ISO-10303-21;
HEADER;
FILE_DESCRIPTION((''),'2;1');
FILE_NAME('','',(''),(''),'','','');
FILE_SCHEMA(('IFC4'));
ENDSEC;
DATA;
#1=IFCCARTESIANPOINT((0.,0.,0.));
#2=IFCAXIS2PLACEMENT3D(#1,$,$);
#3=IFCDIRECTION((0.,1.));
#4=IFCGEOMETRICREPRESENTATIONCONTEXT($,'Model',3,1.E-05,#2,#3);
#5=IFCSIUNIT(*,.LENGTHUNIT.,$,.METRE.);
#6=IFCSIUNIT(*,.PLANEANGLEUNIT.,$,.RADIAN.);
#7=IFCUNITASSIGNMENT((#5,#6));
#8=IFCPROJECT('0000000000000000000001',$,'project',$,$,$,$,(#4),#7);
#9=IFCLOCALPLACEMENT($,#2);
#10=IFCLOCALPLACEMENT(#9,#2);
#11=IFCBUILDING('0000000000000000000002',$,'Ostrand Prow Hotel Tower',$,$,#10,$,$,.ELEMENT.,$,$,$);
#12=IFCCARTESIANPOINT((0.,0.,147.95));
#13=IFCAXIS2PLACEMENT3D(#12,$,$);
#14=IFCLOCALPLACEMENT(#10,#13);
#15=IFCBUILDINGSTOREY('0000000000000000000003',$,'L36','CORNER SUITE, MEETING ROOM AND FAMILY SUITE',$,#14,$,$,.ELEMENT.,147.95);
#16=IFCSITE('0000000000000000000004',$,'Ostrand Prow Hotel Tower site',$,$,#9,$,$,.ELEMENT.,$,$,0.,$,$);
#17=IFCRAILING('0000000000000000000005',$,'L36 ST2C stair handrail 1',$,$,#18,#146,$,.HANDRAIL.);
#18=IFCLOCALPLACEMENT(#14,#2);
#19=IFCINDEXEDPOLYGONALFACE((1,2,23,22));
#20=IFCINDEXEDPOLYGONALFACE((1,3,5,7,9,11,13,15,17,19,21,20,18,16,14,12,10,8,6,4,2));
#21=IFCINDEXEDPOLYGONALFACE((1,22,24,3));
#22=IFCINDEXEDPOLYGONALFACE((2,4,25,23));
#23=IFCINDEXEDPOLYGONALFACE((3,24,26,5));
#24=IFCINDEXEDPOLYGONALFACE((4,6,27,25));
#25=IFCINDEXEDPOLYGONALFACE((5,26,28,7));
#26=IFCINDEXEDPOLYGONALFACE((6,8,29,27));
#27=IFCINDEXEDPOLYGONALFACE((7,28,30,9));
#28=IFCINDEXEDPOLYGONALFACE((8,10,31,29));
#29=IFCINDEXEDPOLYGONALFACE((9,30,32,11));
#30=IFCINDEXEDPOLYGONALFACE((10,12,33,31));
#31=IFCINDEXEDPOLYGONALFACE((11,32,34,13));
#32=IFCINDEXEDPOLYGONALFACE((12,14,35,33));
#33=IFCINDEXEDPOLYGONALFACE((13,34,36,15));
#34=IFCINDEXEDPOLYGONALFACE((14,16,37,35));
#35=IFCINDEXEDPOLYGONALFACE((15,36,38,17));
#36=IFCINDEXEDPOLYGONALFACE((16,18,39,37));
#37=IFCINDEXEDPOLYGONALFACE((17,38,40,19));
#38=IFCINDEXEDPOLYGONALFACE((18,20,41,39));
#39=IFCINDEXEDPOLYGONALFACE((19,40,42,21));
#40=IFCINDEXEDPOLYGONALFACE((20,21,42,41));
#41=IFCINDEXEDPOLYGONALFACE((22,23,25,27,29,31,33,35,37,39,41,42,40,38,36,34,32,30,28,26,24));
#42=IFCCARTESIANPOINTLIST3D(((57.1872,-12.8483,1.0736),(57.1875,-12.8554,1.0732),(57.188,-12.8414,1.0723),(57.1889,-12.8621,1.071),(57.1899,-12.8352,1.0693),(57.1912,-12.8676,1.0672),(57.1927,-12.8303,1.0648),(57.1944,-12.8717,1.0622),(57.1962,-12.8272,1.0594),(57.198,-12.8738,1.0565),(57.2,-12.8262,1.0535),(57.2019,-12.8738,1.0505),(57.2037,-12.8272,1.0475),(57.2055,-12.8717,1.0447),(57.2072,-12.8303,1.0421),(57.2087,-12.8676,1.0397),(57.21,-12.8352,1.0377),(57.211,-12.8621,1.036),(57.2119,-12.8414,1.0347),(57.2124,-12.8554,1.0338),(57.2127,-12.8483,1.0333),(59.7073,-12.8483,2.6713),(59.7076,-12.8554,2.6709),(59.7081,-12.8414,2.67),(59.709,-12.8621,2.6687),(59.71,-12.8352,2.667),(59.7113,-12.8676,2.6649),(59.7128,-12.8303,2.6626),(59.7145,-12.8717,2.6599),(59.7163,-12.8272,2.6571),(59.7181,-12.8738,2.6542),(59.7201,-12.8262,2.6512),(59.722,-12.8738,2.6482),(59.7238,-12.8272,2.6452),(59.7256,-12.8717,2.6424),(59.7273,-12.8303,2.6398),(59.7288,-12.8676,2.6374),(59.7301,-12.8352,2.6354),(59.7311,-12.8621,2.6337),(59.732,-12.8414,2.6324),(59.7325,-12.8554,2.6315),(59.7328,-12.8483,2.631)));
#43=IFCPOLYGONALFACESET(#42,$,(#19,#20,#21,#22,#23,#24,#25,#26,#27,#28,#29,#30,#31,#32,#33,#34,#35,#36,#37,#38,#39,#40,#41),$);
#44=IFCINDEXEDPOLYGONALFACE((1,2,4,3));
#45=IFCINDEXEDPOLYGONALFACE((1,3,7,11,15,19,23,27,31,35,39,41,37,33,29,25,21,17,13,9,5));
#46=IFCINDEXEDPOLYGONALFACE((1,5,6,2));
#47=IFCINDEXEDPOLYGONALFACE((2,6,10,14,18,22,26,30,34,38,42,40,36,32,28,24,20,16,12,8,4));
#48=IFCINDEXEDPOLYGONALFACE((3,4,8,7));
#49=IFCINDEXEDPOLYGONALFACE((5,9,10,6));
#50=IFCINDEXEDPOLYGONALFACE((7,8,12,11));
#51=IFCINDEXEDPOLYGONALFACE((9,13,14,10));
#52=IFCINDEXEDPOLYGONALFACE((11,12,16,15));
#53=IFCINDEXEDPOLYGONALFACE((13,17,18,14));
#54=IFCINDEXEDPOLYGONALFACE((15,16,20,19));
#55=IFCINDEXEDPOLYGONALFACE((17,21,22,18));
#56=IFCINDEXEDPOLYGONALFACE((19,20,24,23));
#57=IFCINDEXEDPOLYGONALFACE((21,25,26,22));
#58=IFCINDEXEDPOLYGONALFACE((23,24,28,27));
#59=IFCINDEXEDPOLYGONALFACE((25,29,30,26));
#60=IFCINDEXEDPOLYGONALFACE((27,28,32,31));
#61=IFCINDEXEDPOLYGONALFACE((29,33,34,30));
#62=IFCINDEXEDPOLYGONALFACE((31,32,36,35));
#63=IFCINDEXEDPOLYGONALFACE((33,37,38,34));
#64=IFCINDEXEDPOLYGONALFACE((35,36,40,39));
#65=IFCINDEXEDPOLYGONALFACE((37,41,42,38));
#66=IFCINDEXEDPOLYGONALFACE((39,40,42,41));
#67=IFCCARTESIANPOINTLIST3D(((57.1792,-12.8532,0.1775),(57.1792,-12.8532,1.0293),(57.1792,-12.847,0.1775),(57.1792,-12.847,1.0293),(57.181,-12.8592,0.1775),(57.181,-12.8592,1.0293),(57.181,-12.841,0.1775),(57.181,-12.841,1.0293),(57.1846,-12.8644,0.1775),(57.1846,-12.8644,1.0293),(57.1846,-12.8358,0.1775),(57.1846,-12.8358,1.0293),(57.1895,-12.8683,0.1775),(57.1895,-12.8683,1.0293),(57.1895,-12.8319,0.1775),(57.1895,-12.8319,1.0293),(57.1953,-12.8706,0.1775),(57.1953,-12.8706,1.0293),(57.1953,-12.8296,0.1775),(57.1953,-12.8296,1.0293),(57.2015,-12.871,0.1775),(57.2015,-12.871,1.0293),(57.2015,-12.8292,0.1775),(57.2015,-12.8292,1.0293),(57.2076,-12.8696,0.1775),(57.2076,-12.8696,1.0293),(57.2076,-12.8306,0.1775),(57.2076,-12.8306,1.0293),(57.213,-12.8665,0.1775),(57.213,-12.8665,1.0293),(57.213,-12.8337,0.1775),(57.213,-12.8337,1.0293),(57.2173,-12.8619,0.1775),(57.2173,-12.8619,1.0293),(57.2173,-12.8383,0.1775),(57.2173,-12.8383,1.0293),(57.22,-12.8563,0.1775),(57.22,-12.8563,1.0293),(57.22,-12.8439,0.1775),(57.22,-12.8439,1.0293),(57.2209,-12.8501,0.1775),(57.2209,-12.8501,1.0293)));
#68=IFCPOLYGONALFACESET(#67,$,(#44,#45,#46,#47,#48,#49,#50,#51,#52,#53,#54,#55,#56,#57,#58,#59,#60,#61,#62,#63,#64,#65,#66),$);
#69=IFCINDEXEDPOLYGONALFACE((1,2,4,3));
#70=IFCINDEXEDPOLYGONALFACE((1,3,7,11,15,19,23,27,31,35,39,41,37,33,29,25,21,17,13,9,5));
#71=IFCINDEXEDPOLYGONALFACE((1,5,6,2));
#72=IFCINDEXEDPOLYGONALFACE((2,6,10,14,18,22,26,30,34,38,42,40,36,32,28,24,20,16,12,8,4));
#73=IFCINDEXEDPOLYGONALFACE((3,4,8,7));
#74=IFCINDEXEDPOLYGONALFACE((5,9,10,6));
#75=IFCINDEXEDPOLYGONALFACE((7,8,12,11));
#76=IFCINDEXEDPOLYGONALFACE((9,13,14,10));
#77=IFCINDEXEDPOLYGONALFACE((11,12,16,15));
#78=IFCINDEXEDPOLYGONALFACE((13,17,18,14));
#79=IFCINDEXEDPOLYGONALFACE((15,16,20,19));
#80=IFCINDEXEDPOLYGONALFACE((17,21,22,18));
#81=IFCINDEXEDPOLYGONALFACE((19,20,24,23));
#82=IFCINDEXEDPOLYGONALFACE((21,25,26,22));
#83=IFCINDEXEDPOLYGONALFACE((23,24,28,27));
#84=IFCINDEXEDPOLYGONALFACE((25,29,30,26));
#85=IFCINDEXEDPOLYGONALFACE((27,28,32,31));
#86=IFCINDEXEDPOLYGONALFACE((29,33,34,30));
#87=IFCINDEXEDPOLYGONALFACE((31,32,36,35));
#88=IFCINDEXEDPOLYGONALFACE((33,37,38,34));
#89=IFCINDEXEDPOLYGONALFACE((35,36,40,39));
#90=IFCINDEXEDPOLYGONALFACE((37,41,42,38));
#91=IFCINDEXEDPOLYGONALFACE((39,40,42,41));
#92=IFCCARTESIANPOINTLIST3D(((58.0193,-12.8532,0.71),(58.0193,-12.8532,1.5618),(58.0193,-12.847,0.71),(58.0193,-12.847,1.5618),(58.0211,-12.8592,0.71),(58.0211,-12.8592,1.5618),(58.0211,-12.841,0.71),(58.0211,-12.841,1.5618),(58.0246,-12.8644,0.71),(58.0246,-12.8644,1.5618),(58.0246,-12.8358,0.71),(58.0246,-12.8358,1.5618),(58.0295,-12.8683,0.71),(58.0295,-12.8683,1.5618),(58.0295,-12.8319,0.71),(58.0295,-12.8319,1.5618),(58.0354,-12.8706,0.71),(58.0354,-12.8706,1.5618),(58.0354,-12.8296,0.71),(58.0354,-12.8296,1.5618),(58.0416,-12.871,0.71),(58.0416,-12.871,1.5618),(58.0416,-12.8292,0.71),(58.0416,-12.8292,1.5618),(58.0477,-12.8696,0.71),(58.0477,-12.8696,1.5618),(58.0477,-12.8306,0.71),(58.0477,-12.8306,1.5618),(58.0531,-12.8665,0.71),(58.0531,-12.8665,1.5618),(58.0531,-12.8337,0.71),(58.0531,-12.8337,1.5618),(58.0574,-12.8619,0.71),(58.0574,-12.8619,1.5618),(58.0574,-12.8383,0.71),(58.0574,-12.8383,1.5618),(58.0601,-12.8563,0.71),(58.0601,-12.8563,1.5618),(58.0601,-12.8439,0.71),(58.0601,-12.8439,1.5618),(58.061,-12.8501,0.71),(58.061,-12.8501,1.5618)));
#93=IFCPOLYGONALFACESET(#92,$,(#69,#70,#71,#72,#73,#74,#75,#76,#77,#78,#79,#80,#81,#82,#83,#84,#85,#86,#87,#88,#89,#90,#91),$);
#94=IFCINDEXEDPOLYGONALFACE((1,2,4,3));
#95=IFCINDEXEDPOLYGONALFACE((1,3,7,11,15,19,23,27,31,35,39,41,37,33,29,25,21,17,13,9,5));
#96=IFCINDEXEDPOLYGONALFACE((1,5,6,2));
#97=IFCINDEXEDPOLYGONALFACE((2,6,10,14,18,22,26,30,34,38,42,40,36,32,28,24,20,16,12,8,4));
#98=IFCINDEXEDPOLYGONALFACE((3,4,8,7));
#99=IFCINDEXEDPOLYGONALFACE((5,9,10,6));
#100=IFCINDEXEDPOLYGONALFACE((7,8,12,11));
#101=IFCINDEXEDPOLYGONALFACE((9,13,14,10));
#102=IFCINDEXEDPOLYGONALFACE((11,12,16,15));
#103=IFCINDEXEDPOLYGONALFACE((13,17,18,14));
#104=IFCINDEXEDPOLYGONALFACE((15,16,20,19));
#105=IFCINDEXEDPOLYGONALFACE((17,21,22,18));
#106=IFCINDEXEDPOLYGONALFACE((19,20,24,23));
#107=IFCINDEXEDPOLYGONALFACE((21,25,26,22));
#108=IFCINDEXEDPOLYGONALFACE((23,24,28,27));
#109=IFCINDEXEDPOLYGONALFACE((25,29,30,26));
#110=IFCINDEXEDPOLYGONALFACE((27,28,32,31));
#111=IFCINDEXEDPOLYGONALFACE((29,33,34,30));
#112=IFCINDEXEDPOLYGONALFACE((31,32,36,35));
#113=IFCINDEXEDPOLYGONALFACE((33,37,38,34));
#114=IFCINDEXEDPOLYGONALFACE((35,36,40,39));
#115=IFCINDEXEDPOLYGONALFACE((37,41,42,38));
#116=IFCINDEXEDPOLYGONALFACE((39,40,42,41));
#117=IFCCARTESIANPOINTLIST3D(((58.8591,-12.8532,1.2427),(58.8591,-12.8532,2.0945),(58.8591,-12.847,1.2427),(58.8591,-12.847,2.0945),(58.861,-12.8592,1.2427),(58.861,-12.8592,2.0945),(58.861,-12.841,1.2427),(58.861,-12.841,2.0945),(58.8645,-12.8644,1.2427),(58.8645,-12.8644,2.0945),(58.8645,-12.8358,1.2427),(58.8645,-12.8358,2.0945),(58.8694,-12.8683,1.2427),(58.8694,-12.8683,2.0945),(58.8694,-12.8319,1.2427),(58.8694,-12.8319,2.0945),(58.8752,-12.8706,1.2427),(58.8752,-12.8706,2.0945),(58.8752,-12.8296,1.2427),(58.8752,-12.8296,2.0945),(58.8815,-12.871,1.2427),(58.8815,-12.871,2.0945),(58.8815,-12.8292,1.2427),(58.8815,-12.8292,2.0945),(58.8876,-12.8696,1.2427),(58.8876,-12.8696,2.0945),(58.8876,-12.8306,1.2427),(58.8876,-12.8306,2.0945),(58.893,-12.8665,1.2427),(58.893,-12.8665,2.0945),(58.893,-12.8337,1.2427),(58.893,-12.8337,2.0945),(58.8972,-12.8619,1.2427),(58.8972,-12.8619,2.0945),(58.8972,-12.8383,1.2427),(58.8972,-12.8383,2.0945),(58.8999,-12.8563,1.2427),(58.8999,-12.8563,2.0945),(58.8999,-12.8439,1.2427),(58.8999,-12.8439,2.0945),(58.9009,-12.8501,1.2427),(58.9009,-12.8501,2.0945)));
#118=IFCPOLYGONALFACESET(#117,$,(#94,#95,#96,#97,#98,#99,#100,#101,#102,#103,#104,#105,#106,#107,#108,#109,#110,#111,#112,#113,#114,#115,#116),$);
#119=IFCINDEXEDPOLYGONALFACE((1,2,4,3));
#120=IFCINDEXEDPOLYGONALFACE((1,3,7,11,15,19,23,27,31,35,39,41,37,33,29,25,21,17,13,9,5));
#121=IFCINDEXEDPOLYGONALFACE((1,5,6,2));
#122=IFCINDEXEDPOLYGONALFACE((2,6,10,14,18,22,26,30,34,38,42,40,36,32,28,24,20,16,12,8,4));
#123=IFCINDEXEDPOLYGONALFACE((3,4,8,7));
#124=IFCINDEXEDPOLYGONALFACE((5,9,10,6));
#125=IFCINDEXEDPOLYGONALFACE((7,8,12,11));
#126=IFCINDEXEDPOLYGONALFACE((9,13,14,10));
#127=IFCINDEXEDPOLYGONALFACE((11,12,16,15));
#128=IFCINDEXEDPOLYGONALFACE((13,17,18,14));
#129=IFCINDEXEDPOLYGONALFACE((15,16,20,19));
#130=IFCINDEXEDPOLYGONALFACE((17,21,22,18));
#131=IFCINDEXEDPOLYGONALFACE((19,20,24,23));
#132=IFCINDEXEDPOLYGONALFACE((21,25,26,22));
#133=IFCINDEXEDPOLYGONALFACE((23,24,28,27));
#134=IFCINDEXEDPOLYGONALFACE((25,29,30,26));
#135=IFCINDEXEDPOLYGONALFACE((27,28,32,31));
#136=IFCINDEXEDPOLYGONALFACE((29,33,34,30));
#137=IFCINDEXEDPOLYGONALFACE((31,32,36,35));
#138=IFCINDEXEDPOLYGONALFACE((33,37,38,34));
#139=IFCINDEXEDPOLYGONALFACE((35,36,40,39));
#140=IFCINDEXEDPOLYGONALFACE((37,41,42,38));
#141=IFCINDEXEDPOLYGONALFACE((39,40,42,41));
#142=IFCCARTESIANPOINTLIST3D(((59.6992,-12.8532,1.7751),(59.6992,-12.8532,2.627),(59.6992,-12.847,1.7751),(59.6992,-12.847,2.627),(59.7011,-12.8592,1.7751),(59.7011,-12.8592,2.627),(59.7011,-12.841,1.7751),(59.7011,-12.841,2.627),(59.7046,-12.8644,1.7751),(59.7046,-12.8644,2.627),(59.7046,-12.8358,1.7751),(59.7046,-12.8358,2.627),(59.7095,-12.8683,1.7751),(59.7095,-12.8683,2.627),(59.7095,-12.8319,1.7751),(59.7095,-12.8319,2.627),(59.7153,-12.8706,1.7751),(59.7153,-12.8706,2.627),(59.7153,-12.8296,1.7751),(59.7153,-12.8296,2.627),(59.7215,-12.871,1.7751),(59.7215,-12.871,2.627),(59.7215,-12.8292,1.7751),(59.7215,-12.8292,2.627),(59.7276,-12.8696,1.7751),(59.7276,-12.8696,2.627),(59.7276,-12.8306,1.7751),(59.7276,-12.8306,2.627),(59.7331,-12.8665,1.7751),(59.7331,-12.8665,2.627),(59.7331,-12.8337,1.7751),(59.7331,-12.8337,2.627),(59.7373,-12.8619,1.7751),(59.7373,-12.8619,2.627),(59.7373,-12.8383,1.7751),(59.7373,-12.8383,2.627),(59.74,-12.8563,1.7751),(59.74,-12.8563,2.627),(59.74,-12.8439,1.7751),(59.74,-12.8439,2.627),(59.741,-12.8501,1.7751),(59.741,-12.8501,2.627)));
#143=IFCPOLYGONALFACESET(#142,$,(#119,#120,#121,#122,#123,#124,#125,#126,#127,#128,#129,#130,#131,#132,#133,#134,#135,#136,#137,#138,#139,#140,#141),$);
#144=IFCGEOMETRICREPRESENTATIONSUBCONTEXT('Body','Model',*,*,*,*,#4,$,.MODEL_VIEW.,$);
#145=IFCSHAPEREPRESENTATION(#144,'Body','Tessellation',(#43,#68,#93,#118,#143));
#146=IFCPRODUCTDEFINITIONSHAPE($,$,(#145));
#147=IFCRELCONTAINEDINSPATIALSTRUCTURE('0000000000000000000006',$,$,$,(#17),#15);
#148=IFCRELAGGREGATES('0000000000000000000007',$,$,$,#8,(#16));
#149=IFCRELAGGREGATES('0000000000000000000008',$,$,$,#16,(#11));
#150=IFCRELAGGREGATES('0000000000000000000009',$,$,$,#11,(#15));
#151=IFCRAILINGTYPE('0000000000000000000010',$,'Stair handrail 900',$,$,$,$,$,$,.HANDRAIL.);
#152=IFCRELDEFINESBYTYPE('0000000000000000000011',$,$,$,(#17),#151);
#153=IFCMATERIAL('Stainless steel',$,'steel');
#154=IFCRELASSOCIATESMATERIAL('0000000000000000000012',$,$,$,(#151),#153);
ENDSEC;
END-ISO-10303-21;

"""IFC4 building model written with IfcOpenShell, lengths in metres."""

from ifc_helpers import new_model, si_unit, direction, frame, origin, origin_2d, place, context, subcontext, project, spatial, circle, extrude, material, type_object, element, save


model = new_model("IFC4")

# Units and contexts
model_context = context("Model", 3, precision=1e-05, world=origin(), true_north=direction((0.0, 1.0)))
body_context = subcontext(model_context, "Body", "Model", "MODEL_VIEW")
ifc_project = project(units=[si_unit("LENGTHUNIT", "METRE"), si_unit("PLANEANGLEUNIT", "RADIAN")], contexts=[model_context])

# Site, building, storey
site_placement = place(None, origin())
site = spatial("IfcSite", under=ifc_project, at=site_placement, Name="Ostrand Prow Hotel Tower site", CompositionType="ELEMENT", RefElevation=0.0)
building_placement = place(site_placement, origin())
building = spatial("IfcBuilding", under=site, at=building_placement, Name="Ostrand Prow Hotel Tower", CompositionType="ELEMENT")
storey_placement = place(building_placement, frame((0.0, 0.0, 147.95)))
storey = spatial("IfcBuildingStorey", under=building, at=storey_placement, Name="L36", Description="CORNER SUITE, MEETING ROOM AND FAMILY SUITE", CompositionType="ELEMENT", Elevation=147.95)

# Railing
ifc_material_1 = material(Name="Stainless steel", Category="steel")
railing_type_1 = type_object("IfcRailingType", Name="Stair handrail 900", PredefinedType="HANDRAIL", material=ifc_material_1)
railing_1_placement = place(storey_placement, frame((57.2, -12.8501, 0.1775)))
element("IfcRailing", 1, at=railing_1_placement, inside=storey, type_object=railing_type_1, Name="L36 ST2C stair handrail 1", PredefinedType="HANDRAIL", context=body_context, shape_type="SweptSolid", body=[
    extrude(circle(Radius=0.0239, at=origin_2d()), frame((0.0, 0.0, 0.876), z_axis=(0.84457, 0.0, 0.535445), x_axis=(0.0, 1.0, 0.0)), (0.0, 0.0, 1.0), 2.9839),
    extrude(circle(Radius=0.021, at=origin_2d()), origin(), (0.0, 0.0, 1.0), 0.8518),
    extrude(circle(Radius=0.021, at=origin_2d()), frame((0.8401, 0.0, 0.5325)), (0.0, 0.0, 1.0), 0.8518),
    extrude(circle(Radius=0.021, at=origin_2d()), frame((1.6799, 0.0, 1.0652)), (0.0, 0.0, 1.0), 0.8518),
    extrude(circle(Radius=0.021, at=origin_2d()), frame((2.52, 0.0, 1.5977)), (0.0, 0.0, 1.0), 0.8518),
])

save(model, "model.ifc")
